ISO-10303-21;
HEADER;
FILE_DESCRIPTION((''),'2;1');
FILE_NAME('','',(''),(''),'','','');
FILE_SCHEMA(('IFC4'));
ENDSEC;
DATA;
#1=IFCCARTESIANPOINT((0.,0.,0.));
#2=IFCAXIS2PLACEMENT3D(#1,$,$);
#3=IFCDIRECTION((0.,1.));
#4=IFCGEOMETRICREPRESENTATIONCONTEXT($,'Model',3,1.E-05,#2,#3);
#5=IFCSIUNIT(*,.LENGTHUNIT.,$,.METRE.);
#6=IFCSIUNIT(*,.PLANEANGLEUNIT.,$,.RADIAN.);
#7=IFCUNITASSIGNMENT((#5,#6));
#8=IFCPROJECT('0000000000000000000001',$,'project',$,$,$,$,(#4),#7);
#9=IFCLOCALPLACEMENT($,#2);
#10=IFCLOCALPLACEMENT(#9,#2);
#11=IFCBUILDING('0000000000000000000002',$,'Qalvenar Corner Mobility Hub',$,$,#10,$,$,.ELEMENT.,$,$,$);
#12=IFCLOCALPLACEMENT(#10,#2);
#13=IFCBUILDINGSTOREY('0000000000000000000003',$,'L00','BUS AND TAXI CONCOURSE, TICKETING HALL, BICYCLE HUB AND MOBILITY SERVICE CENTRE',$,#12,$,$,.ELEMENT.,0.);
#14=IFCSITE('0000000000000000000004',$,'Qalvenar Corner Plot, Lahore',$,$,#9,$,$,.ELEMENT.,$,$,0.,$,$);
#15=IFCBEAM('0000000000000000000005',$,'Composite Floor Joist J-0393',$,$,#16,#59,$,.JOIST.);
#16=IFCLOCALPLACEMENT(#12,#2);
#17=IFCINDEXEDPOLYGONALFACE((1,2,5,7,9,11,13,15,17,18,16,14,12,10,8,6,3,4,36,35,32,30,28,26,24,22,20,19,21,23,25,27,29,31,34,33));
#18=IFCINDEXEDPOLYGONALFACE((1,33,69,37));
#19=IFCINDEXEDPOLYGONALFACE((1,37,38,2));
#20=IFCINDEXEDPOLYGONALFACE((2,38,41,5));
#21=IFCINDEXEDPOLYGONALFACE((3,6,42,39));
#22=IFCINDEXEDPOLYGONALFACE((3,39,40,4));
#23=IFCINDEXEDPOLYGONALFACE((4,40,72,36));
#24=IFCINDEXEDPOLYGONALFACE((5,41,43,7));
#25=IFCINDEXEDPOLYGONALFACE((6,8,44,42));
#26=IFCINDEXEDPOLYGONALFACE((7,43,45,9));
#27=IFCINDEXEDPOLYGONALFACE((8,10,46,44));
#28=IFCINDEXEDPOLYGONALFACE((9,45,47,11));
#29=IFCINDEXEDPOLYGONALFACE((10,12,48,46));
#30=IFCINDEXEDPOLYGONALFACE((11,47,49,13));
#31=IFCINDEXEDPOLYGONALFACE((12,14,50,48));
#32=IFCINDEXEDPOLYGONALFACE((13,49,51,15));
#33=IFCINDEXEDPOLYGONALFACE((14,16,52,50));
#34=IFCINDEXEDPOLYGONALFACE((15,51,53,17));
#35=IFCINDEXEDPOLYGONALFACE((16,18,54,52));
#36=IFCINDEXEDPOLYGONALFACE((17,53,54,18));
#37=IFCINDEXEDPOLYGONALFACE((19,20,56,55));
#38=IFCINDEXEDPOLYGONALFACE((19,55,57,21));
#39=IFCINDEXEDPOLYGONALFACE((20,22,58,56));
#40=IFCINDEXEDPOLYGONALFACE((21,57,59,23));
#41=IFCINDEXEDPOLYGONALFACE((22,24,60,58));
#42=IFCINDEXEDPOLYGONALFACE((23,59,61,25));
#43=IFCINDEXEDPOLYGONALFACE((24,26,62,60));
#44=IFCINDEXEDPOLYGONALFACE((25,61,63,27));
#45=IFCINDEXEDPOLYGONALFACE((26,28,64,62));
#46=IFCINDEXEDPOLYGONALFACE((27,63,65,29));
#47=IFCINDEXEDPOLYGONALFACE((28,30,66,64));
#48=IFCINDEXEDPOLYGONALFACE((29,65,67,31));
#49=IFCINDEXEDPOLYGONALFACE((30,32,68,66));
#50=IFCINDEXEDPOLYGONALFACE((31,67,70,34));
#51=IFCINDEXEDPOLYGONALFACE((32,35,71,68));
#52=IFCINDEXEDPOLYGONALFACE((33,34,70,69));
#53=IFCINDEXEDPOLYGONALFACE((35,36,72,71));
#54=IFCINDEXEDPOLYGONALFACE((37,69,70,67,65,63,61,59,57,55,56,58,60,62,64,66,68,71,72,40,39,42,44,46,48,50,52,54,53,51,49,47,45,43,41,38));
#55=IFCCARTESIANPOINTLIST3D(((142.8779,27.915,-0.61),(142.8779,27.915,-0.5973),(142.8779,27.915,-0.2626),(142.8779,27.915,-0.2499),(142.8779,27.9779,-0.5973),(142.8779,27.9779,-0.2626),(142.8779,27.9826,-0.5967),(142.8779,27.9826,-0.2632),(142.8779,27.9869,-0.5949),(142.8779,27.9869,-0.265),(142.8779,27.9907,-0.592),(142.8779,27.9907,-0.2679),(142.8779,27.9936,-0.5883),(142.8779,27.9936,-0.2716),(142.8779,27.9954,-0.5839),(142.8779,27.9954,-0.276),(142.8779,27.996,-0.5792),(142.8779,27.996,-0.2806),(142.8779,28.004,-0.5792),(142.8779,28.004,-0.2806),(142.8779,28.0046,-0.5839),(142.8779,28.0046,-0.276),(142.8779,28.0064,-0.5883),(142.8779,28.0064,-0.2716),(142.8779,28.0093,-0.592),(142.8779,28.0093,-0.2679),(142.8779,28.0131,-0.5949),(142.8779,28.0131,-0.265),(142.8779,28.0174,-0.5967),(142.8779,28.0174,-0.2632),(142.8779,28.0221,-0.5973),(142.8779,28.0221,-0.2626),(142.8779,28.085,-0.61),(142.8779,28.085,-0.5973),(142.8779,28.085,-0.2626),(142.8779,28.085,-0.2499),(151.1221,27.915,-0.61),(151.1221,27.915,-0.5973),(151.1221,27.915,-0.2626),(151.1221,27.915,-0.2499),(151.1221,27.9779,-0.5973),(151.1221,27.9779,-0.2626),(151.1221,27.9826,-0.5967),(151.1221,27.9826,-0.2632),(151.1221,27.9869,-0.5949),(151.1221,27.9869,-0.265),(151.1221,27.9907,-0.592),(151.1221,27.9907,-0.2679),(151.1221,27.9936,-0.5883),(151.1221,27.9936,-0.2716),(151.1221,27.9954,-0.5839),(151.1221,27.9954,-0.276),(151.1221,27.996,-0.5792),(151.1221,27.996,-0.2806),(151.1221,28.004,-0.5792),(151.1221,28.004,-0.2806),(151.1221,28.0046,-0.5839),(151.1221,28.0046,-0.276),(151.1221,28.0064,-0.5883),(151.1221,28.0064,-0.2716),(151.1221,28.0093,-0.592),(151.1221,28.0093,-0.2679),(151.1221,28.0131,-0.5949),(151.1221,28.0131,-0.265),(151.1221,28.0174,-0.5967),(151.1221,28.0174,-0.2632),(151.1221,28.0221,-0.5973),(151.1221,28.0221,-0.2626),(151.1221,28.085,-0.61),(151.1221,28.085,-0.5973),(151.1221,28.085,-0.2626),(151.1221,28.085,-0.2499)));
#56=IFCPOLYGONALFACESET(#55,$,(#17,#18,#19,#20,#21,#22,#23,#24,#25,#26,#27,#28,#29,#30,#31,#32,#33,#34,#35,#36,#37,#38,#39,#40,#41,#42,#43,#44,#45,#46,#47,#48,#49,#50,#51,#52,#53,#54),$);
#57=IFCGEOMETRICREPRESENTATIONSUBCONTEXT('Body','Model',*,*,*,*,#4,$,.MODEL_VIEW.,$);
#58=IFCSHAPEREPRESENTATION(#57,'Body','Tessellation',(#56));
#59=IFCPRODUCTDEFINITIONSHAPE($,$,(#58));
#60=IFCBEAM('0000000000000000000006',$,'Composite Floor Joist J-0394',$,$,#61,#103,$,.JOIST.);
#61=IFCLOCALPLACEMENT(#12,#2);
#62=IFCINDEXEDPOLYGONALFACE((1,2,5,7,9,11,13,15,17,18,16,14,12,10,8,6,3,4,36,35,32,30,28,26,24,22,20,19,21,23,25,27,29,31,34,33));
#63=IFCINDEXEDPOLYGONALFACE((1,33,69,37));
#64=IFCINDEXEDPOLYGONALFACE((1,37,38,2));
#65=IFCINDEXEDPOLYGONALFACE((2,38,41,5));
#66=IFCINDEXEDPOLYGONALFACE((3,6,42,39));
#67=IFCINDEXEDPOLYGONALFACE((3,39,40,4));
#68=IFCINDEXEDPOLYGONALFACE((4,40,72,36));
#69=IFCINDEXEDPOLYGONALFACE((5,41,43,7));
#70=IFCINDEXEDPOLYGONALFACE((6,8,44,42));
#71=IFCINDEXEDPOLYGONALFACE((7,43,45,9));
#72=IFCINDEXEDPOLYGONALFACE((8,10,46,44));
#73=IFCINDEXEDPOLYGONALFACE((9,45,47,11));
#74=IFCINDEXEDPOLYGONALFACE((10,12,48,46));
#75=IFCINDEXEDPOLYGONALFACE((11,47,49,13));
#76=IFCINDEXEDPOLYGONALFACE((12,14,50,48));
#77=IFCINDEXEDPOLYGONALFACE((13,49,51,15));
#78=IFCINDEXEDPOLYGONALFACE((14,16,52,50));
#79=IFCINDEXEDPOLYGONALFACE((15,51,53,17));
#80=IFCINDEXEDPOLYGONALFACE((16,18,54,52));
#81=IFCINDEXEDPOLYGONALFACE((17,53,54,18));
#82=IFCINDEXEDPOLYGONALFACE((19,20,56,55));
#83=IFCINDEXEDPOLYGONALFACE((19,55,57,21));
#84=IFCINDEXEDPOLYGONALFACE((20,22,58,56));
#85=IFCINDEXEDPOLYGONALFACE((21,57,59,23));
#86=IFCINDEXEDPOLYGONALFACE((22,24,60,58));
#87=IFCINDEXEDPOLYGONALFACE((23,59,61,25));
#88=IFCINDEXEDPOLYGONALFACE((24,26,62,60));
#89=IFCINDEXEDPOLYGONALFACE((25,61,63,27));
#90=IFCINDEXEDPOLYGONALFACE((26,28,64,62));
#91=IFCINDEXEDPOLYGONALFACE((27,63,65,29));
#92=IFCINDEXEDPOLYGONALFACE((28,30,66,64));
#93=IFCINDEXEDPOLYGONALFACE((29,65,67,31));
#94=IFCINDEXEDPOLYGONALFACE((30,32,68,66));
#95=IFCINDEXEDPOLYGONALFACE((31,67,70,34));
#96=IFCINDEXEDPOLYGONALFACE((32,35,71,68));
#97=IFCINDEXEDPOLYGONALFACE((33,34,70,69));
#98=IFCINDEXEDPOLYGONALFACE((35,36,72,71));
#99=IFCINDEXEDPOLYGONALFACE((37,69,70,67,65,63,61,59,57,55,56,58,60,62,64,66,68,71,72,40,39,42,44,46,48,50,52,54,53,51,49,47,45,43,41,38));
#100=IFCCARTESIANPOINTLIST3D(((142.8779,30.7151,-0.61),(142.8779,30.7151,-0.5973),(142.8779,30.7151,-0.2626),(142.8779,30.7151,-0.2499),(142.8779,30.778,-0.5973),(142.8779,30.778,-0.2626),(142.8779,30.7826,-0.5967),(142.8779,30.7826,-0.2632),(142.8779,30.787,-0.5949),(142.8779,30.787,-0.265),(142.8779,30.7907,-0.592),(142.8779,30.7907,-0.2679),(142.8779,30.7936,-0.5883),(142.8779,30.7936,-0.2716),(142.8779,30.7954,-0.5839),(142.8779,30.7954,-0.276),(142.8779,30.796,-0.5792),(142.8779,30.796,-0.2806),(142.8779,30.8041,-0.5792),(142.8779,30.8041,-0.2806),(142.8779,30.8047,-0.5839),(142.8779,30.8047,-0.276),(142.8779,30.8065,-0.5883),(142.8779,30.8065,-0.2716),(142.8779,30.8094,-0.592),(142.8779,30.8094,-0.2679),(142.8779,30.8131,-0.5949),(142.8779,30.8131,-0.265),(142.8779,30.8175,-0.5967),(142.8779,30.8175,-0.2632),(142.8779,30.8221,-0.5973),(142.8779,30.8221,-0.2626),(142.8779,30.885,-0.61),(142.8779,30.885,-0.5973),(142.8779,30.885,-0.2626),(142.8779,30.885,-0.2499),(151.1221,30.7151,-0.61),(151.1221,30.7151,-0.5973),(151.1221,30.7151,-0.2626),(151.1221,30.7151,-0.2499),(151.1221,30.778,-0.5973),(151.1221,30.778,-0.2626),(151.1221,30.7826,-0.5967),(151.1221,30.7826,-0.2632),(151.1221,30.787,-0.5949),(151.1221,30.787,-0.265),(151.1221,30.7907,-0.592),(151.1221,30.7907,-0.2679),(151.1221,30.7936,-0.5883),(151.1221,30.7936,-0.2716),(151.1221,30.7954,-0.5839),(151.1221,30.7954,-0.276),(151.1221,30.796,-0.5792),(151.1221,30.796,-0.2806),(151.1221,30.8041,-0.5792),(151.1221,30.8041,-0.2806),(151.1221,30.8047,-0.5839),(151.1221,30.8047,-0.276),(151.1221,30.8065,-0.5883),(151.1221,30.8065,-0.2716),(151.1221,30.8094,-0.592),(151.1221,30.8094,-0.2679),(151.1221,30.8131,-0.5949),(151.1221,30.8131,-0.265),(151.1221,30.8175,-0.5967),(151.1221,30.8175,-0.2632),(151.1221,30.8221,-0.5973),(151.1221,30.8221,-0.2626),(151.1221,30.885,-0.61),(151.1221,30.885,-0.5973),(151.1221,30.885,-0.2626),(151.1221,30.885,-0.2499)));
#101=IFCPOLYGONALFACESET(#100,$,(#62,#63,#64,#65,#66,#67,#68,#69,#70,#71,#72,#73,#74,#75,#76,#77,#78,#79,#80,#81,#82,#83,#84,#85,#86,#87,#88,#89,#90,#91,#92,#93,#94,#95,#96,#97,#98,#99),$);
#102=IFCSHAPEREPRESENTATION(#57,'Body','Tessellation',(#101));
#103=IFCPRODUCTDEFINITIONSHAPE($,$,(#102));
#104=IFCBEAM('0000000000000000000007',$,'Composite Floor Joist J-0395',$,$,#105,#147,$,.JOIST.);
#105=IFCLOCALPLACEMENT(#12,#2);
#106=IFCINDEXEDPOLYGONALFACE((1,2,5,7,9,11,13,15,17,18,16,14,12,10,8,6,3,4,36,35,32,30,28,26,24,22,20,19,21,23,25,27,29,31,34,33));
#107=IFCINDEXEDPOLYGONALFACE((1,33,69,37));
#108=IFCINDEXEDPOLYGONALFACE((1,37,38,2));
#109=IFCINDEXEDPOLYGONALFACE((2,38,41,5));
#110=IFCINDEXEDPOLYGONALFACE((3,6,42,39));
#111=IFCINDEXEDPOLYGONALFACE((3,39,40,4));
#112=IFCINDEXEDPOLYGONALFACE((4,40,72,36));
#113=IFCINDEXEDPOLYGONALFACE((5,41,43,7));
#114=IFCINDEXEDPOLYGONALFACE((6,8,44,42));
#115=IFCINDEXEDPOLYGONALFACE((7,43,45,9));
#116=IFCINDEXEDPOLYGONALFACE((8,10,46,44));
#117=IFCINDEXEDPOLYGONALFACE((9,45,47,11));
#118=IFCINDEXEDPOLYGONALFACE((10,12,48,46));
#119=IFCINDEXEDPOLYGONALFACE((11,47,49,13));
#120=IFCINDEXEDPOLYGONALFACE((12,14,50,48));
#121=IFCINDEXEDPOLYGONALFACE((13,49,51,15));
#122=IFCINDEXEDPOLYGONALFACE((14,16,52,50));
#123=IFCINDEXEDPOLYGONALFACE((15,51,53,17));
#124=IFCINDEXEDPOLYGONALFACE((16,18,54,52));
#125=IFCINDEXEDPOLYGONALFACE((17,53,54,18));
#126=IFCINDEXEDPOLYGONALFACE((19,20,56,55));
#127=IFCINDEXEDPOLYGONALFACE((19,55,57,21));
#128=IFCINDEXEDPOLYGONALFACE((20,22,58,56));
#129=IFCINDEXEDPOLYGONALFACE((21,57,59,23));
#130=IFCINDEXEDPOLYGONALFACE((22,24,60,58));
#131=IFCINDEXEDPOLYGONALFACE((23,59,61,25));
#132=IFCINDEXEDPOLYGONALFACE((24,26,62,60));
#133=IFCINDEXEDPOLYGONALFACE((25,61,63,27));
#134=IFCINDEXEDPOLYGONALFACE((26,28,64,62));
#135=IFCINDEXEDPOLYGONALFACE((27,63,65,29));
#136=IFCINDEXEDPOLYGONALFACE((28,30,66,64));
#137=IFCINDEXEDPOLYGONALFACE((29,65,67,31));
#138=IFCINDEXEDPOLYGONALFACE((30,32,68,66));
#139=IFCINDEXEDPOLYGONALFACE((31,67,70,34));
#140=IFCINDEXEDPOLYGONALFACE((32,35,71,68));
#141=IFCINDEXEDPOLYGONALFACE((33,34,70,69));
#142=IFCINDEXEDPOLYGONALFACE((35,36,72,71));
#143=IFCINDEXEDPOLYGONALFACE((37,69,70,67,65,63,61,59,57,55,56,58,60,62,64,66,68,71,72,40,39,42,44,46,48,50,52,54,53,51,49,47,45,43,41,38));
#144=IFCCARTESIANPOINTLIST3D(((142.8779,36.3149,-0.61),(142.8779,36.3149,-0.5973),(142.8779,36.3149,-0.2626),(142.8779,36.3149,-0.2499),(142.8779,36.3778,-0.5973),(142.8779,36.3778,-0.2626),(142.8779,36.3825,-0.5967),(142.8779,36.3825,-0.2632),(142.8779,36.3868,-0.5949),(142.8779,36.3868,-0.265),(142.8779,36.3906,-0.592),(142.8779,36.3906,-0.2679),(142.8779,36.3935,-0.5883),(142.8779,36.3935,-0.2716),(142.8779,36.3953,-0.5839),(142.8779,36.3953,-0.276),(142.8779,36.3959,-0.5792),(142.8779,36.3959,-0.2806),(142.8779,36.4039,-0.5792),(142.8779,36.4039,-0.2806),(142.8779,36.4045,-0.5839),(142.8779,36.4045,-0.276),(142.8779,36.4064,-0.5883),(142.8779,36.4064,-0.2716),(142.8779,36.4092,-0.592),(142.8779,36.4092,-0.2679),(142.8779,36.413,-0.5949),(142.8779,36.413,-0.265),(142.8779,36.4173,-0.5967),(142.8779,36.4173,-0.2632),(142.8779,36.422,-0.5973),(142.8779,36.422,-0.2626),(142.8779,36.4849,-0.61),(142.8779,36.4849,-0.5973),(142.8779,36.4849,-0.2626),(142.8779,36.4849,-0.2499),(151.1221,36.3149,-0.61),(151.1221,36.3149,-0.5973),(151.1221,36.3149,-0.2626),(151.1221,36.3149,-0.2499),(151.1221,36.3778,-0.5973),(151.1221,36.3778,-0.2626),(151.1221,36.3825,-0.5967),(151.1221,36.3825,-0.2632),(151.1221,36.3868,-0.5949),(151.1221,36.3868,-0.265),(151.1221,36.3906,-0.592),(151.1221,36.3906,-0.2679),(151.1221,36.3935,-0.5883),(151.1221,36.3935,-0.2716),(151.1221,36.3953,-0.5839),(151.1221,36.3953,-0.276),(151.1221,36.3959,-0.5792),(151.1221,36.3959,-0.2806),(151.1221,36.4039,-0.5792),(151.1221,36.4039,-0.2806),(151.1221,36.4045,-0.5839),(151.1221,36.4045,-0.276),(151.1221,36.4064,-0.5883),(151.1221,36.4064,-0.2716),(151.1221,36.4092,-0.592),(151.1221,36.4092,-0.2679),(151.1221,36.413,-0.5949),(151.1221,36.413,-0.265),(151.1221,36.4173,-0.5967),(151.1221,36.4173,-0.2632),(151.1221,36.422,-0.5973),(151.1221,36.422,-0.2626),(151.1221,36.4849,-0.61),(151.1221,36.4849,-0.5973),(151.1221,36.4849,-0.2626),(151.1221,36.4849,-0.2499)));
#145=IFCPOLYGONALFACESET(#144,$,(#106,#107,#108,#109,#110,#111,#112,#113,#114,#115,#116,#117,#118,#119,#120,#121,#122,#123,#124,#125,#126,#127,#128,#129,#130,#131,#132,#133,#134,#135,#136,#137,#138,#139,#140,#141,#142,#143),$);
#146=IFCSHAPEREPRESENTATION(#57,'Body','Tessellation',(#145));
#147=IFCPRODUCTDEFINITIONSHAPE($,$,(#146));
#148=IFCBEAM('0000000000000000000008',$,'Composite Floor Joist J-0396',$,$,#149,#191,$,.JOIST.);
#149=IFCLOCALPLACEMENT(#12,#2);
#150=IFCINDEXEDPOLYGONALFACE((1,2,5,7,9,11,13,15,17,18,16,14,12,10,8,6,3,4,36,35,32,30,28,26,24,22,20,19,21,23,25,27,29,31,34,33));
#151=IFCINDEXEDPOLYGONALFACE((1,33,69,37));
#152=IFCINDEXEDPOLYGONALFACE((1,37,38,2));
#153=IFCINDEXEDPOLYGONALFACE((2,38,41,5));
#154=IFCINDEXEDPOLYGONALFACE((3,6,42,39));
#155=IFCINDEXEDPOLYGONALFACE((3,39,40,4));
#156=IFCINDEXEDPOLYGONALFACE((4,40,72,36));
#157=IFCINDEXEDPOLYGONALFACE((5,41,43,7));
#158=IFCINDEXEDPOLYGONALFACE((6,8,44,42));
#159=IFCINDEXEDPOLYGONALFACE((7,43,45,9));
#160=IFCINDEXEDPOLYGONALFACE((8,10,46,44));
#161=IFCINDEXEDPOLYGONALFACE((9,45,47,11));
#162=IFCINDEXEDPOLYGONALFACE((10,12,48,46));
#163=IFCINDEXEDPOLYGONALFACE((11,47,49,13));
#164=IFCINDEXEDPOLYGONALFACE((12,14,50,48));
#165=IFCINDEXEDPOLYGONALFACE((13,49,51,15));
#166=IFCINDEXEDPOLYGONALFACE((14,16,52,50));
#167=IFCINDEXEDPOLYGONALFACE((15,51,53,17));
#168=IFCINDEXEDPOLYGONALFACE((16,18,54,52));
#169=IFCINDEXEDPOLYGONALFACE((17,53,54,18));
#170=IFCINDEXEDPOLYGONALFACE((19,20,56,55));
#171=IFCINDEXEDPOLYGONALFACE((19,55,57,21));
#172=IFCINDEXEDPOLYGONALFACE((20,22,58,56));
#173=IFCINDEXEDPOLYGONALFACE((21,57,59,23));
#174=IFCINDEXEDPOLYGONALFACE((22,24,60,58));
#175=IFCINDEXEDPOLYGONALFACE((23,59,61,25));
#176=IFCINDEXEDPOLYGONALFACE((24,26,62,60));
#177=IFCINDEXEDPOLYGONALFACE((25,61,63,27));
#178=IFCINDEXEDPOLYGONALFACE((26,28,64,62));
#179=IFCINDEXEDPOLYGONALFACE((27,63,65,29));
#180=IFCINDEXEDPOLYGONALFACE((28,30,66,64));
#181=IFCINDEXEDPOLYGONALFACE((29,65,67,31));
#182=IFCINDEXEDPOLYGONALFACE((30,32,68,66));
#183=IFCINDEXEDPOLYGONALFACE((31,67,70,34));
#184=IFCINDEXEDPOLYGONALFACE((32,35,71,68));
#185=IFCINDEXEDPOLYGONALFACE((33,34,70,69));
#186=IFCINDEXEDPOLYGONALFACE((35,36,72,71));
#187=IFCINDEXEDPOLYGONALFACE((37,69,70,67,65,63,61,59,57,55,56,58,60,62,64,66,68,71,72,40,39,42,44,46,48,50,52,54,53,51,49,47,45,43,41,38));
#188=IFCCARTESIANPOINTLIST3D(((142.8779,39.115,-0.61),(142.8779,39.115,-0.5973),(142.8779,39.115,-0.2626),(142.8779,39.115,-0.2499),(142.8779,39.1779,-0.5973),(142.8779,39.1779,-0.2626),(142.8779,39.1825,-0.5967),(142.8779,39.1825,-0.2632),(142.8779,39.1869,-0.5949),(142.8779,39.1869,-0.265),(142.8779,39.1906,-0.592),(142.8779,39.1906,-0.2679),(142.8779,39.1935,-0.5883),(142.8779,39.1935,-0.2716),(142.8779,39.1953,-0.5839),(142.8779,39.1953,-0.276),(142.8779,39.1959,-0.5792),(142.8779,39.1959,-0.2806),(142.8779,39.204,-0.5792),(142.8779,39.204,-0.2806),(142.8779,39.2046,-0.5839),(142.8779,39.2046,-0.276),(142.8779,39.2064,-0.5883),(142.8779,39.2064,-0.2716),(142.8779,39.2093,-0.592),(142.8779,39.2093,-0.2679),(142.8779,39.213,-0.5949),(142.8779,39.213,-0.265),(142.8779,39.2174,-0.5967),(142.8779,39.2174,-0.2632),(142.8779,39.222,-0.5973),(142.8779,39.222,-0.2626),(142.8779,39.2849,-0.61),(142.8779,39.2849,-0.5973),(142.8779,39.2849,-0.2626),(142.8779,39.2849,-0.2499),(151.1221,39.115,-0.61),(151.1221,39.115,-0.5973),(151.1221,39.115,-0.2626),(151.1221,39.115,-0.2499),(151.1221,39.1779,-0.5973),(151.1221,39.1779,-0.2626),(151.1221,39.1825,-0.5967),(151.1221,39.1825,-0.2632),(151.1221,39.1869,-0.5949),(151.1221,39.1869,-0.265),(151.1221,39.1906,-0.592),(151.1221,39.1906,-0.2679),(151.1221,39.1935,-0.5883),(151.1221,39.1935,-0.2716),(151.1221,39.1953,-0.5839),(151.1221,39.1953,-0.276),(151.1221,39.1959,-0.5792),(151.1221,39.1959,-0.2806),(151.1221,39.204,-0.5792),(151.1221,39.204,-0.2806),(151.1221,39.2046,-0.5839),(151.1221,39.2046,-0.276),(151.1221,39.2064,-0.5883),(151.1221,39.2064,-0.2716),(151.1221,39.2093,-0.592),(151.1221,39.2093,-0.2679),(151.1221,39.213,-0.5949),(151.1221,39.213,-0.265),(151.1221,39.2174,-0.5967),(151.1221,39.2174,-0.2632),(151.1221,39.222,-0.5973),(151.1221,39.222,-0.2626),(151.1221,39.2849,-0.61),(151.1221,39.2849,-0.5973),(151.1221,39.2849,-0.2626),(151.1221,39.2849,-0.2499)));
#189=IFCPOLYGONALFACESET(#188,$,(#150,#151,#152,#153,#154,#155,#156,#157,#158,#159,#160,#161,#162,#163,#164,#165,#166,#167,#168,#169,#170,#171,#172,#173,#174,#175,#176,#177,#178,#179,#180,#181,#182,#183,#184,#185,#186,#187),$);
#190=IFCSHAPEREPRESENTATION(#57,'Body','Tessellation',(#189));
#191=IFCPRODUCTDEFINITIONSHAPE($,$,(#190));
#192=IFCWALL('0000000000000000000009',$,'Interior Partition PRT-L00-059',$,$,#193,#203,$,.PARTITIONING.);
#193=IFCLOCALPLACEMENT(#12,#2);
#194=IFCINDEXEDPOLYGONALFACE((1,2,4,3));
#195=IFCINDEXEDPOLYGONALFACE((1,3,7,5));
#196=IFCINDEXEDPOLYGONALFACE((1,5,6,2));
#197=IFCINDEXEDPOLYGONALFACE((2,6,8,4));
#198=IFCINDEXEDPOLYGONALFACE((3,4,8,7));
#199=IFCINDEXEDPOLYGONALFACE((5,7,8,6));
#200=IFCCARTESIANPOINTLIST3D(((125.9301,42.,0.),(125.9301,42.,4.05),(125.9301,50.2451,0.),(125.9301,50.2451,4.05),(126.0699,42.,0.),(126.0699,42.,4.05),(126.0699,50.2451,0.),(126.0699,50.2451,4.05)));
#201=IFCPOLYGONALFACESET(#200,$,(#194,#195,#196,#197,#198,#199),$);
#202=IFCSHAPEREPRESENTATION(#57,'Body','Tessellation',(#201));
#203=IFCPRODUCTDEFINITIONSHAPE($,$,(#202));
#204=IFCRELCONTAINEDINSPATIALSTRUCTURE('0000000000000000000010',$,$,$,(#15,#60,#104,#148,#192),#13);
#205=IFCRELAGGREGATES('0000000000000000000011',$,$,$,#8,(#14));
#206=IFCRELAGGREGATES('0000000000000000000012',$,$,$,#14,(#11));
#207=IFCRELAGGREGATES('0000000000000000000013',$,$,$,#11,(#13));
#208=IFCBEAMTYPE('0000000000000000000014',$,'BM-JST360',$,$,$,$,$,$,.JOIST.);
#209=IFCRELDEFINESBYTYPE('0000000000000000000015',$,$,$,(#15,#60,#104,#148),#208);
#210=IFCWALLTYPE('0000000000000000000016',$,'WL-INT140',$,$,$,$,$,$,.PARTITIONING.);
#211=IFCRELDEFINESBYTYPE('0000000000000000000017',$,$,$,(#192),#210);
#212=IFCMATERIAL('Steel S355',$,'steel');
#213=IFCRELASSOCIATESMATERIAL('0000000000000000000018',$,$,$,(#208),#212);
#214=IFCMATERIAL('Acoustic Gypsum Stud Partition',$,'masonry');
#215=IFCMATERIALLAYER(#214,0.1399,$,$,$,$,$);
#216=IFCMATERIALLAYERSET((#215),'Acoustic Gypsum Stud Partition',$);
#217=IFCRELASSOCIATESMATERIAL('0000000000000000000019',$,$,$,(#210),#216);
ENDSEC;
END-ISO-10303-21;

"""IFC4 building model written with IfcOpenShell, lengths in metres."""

from ifc_helpers import new_model, si_unit, direction, frame, frame_2d, origin, origin_2d, place, context, subcontext, project, spatial, rectangle, i_section, extrude, material, layer, layer_set, material_profile, profile_set, type_object, element, save


model = new_model("IFC4")

# Units and contexts
model_context = context("Model", 3, precision=1e-05, world=origin(), true_north=direction((0.0, 1.0)))
body_context = subcontext(model_context, "Body", "Model", "MODEL_VIEW")
ifc_project = project(units=[si_unit("LENGTHUNIT", "METRE"), si_unit("PLANEANGLEUNIT", "RADIAN")], contexts=[model_context])

# Site, building, storey
site_placement = place(None, origin())
site = spatial("IfcSite", under=ifc_project, at=site_placement, Name="Qalvenar Corner Plot, Lahore", CompositionType="ELEMENT", RefElevation=0.0)
building_placement = place(site_placement, origin())
building = spatial("IfcBuilding", under=site, at=building_placement, Name="Qalvenar Corner Mobility Hub", CompositionType="ELEMENT")
storey_placement = place(building_placement, origin())
storey = spatial("IfcBuildingStorey", under=building, at=storey_placement, Name="L00", Description="BUS AND TAXI CONCOURSE, TICKETING HALL, BICYCLE HUB AND MOBILITY SERVICE CENTRE", CompositionType="ELEMENT", Elevation=0.0)

# Shared definitions
ifc_material_1 = material(Name="Steel S355", Category="steel")

# Beams
ifc_material_profile_1 = material_profile(ifc_material_1, i_section(OverallWidth=0.1699, OverallDepth=0.3601, WebThickness=0.0081, FlangeThickness=0.0127, FilletRadius=0.0181, at=origin_2d()), Name="IPE360")
ifc_profile_set_1 = profile_set([ifc_material_profile_1], Name="Steel S355")
beam_type_1 = type_object("IfcBeamType", Name="BM-JST360", PredefinedType="JOIST", material=ifc_profile_set_1)
for number, where, z_axis, x_axis, name in (
    (1, (142.8779, 28.0, -0.4299), (1.0, 0.0, 0.0), (0.0, 1.0, 0.0), "Composite Floor Joist J-0393"),
    (2, (142.8779, 30.8, -0.4299), (1.0, 0.0, 0.0), (0.0, 1.0, 0.0), "Composite Floor Joist J-0394"),
    (3, (142.8779, 36.3999, -0.4299), (1.0, 0.0, 0.0), (0.0, 1.0, 0.0), "Composite Floor Joist J-0395"),
    (4, (142.8779, 39.2, -0.4299), (1.0, 0.0, 0.0), (0.0, 1.0, 0.0), "Composite Floor Joist J-0396"),
):
    element("IfcBeam", number, at=place(storey_placement, frame(where, z_axis=z_axis, x_axis=x_axis)), inside=storey, type_object=beam_type_1, Name=name, PredefinedType="JOIST", context=body_context, shape_type="SweptSolid", body=[
        extrude(i_section(OverallWidth=0.1699, OverallDepth=0.3601, WebThickness=0.0081, FlangeThickness=0.0127, FilletRadius=0.0181, at=origin_2d()), origin(), (0.0, 0.0, 1.0), 8.2441),
    ])

# Wall
ifc_material_2 = material(Name="Acoustic Gypsum Stud Partition", Category="masonry")
ifc_layer_1 = layer(ifc_material_2, 0.1399)
ifc_layer_set_1 = layer_set([ifc_layer_1], Name="Acoustic Gypsum Stud Partition")
wall_type_1 = type_object("IfcWallType", Name="WL-INT140", PredefinedType="PARTITIONING", material=ifc_layer_set_1)
wall_1_placement = place(storey_placement, frame((126.0, 42.0, 0.0), z_axis=(0.0, 0.0, 1.0), x_axis=(0.0, 1.0, 0.0)))
element("IfcWall", 5, at=wall_1_placement, inside=storey, type_object=wall_type_1, Name="Interior Partition PRT-L00-059", PredefinedType="PARTITIONING", context=body_context, shape_type="SweptSolid", body=[
    extrude(rectangle(XDim=8.2451, YDim=0.1399, at=frame_2d((4.1226, 0.0))), origin(), (0.0, 0.0, 1.0), 4.05),
])

save(model, "model.ifc")
